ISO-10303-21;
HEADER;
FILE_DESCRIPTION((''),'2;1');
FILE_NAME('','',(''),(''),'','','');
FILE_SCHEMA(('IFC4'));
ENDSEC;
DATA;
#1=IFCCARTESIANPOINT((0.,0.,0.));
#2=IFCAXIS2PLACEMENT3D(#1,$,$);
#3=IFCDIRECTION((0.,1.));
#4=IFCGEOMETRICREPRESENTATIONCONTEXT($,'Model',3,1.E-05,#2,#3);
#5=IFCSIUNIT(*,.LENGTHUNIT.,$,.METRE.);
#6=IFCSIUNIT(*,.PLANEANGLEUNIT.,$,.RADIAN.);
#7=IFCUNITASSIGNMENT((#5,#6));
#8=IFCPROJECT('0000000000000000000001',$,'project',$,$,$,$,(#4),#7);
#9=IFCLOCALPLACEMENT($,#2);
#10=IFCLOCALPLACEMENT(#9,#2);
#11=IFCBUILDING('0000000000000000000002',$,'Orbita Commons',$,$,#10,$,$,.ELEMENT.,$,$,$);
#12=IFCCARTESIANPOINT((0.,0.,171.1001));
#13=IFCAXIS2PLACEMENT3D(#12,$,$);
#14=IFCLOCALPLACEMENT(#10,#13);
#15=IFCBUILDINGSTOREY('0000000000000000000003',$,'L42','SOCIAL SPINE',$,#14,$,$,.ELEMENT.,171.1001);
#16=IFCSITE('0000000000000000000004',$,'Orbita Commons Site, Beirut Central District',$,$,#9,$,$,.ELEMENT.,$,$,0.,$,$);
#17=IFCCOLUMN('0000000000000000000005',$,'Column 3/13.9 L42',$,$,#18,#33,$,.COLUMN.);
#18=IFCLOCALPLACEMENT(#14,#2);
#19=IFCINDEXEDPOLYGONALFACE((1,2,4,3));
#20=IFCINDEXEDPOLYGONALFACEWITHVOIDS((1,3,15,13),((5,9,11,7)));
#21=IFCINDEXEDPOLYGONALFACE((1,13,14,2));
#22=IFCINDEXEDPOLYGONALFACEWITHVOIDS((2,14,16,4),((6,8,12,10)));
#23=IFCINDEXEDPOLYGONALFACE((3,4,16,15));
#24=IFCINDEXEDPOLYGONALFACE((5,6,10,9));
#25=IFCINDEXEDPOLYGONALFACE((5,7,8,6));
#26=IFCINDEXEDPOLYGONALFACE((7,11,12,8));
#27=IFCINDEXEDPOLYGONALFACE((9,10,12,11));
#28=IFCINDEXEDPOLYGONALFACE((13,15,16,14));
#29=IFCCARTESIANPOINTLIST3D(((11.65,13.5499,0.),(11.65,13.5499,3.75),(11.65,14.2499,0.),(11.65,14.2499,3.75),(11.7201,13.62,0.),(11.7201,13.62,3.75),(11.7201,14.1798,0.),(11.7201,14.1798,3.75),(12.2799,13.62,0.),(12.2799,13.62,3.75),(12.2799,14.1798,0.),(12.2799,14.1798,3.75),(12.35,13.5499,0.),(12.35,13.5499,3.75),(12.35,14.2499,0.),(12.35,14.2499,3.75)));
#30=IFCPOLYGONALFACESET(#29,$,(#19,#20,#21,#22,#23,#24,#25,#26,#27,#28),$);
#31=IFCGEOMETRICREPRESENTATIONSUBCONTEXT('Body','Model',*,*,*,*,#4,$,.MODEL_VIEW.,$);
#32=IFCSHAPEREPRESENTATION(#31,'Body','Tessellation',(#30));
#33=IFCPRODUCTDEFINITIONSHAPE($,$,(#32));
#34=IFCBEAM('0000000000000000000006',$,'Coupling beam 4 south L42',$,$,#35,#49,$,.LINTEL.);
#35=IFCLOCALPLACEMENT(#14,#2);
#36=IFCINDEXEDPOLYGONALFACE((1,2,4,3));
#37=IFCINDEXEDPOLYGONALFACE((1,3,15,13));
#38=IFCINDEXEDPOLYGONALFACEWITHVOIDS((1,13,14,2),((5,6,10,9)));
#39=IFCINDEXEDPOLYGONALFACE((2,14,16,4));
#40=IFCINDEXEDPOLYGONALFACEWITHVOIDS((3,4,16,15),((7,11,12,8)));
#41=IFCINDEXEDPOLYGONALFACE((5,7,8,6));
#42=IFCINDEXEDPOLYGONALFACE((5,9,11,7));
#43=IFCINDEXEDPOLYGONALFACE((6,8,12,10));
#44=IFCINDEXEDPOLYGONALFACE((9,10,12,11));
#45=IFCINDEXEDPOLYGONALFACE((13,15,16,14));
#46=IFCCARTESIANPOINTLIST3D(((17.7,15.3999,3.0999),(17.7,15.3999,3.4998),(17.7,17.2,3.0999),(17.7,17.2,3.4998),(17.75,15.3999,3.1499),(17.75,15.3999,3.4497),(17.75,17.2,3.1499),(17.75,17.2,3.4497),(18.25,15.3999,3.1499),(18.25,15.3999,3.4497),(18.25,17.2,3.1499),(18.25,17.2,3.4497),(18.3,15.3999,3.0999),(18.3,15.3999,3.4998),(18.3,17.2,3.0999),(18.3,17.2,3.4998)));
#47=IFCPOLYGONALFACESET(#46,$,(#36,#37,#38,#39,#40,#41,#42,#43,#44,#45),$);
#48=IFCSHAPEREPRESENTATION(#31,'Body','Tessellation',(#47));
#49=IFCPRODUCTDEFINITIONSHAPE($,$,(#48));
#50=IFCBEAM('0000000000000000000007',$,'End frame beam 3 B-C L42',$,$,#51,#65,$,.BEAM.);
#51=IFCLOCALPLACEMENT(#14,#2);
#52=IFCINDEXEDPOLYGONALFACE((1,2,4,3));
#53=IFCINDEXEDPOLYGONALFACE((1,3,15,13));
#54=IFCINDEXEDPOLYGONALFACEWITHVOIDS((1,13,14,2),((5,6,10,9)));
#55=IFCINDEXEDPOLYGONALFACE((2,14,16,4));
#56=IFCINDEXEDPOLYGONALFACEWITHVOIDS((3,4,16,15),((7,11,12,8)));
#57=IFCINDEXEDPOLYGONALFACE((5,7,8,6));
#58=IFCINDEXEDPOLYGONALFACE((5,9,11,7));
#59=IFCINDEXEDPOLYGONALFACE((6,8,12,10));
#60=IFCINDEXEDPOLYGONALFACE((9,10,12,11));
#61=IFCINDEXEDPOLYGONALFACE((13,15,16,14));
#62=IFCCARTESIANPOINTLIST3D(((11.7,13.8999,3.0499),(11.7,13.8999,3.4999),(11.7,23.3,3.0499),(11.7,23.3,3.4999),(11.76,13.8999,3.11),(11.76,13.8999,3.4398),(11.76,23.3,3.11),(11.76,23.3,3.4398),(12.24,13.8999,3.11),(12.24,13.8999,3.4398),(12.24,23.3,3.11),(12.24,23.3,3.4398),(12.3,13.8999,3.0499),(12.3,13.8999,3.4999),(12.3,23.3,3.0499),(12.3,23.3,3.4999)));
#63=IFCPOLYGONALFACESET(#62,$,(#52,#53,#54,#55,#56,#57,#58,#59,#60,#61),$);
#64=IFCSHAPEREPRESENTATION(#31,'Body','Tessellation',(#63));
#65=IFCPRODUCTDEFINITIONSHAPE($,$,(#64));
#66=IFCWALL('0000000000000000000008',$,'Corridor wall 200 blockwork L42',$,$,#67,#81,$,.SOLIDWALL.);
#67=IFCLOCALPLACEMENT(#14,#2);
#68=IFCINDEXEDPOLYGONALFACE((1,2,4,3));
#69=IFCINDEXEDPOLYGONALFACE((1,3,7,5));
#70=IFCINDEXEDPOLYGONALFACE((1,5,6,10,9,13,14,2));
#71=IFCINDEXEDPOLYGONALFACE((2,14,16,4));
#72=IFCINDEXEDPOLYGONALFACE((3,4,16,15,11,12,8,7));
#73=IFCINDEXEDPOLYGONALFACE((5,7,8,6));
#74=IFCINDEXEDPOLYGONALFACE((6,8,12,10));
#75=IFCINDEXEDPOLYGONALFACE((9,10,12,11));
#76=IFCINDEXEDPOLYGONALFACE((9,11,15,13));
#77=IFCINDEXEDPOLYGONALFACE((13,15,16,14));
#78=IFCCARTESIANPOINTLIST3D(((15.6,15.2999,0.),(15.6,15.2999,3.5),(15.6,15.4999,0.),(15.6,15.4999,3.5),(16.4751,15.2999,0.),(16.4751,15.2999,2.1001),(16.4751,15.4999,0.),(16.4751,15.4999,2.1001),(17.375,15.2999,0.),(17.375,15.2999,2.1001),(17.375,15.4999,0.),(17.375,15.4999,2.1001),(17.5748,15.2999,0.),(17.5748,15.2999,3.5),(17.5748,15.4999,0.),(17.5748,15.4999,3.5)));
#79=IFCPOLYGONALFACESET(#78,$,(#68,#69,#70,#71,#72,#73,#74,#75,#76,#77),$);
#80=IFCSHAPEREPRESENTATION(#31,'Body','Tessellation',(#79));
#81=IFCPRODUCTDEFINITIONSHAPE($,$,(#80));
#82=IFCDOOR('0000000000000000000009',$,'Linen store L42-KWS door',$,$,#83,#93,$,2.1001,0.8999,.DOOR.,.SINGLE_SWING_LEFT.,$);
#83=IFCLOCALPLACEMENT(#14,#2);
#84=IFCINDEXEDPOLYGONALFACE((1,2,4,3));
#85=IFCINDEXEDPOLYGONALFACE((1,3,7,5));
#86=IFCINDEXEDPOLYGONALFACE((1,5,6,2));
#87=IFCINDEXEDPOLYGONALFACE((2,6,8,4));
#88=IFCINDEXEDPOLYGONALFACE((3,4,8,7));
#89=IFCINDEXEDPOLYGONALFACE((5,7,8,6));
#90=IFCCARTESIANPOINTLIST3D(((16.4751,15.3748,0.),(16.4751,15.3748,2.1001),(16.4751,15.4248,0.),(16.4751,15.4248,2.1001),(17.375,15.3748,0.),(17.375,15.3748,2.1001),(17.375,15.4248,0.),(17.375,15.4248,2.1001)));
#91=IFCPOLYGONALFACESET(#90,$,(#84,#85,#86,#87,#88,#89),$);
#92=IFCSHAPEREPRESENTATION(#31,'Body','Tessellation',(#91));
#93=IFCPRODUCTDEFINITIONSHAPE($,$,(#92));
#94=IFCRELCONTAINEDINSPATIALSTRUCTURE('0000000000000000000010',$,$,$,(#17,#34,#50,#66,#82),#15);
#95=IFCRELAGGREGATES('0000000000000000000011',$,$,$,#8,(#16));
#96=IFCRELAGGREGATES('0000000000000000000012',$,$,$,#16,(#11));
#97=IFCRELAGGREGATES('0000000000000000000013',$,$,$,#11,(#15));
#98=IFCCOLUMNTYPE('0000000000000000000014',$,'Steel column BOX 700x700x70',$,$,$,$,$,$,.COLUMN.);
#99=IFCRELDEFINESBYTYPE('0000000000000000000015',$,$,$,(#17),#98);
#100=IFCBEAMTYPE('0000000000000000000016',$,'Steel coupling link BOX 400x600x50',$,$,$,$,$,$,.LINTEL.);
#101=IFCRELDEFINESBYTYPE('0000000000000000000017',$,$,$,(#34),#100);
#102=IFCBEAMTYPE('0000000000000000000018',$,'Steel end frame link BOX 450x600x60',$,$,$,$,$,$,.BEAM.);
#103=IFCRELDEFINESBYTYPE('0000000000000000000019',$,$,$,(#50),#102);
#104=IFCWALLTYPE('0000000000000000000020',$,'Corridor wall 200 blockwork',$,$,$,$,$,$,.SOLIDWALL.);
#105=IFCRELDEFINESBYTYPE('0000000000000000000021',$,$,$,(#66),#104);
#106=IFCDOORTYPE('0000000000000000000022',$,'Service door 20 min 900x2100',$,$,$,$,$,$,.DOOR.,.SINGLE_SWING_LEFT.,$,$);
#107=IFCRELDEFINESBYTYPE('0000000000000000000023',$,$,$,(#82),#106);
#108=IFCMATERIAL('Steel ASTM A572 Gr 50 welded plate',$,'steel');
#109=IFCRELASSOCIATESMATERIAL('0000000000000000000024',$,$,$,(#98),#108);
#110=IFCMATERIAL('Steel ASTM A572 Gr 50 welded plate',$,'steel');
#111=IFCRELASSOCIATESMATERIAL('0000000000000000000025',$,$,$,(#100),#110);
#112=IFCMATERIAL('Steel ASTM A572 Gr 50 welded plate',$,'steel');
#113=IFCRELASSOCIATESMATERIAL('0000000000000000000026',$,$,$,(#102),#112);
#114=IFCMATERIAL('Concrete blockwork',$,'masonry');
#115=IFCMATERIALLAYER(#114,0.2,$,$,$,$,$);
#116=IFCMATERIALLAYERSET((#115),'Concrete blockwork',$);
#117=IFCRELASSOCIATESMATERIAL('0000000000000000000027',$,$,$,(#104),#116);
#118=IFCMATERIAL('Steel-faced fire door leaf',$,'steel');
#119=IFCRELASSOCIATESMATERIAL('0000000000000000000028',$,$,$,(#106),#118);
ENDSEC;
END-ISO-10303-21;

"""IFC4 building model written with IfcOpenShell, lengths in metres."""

from ifc_helpers import new_model, si_unit, direction, frame, frame_2d, origin, origin_2d, place, context, subcontext, project, spatial, rectangle, hollow_rectangle, extrude, material, layer, layer_set, material_profile, profile_set, type_object, element, fill, save


model = new_model("IFC4")

# Units and contexts
model_context = context("Model", 3, precision=1e-05, world=origin(), true_north=direction((0.0, 1.0)))
body_context = subcontext(model_context, "Body", "Model", "MODEL_VIEW")
ifc_project = project(units=[si_unit("LENGTHUNIT", "METRE"), si_unit("PLANEANGLEUNIT", "RADIAN")], contexts=[model_context])

# Site, building, storey
site_placement = place(None, origin())
site = spatial("IfcSite", under=ifc_project, at=site_placement, Name="Orbita Commons Site, Beirut Central District", CompositionType="ELEMENT", RefElevation=0.0)
building_placement = place(site_placement, origin())
building = spatial("IfcBuilding", under=site, at=building_placement, Name="Orbita Commons", CompositionType="ELEMENT")
storey_placement = place(building_placement, frame((0.0, 0.0, 171.1001)))
storey = spatial("IfcBuildingStorey", under=building, at=storey_placement, Name="L42", Description="SOCIAL SPINE", CompositionType="ELEMENT", Elevation=171.1001)

# Column
ifc_material_1 = material(Name="Steel ASTM A572 Gr 50 welded plate", Category="steel")
ifc_material_profile_1 = material_profile(ifc_material_1, hollow_rectangle(XDim=0.7, YDim=0.7, WallThickness=0.0701, at=origin_2d()), Name="BOX 700x700x70")
ifc_profile_set_1 = profile_set([ifc_material_profile_1], Name="Steel ASTM A572 Gr 50 welded plate")
column_type = type_object("IfcColumnType", Name="Steel column BOX 700x700x70", PredefinedType="COLUMN", material=ifc_profile_set_1)
column_placement = place(storey_placement, frame((12.0, 13.8999, 0.0), z_axis=(0.0, 0.0, 1.0), x_axis=(1.0, 0.0, 0.0)))
element("IfcColumn", 1, at=column_placement, inside=storey, type_object=column_type, Name="Column 3/13.9 L42", PredefinedType="COLUMN", context=body_context, shape_type="SweptSolid", body=[
    extrude(hollow_rectangle(XDim=0.7, YDim=0.7, WallThickness=0.0701, at=origin_2d()), origin(), (0.0, 0.0, 1.0), 3.75),
])

# Beams
ifc_material_2 = material(Name="Steel ASTM A572 Gr 50 welded plate", Category="steel")
ifc_material_profile_2 = material_profile(ifc_material_2, hollow_rectangle(XDim=0.6001, YDim=0.3999, WallThickness=0.05, at=origin_2d()), Name="BOX 400x600x50")
ifc_profile_set_2 = profile_set([ifc_material_profile_2], Name="Steel ASTM A572 Gr 50 welded plate")
beam_type_1 = type_object("IfcBeamType", Name="Steel coupling link BOX 400x600x50", PredefinedType="LINTEL", material=ifc_profile_set_2)
beam_1_placement = place(storey_placement, frame((18.0, 15.3999, 3.2998), z_axis=(0.0, 1.0, 0.0), x_axis=(-1.0, 0.0, 0.0)))
element("IfcBeam", 2, at=beam_1_placement, inside=storey, type_object=beam_type_1, Name="Coupling beam 4 south L42", PredefinedType="LINTEL", context=body_context, shape_type="SweptSolid", body=[
    extrude(hollow_rectangle(XDim=0.6001, YDim=0.3999, WallThickness=0.05, at=origin_2d()), origin(), (0.0, 0.0, 1.0), 1.8),
])
ifc_material_3 = material(Name="Steel ASTM A572 Gr 50 welded plate", Category="steel")
ifc_material_profile_3 = material_profile(ifc_material_3, hollow_rectangle(XDim=0.6001, YDim=0.45, WallThickness=0.0601, at=origin_2d()), Name="BOX 450x600x60")
ifc_profile_set_3 = profile_set([ifc_material_profile_3], Name="Steel ASTM A572 Gr 50 welded plate")
beam_type_2 = type_object("IfcBeamType", Name="Steel end frame link BOX 450x600x60", PredefinedType="BEAM", material=ifc_profile_set_3)
beam_2_placement = place(storey_placement, frame((12.0, 13.8999, 3.2749), z_axis=(0.0, 1.0, 0.0), x_axis=(-1.0, 0.0, 0.0)))
element("IfcBeam", 3, at=beam_2_placement, inside=storey, type_object=beam_type_2, Name="End frame beam 3 B-C L42", PredefinedType="BEAM", context=body_context, shape_type="SweptSolid", body=[
    extrude(hollow_rectangle(XDim=0.6001, YDim=0.45, WallThickness=0.0601, at=origin_2d()), origin(), (0.0, 0.0, 1.0), 9.4001),
])

# Wall, opening, door
ifc_material_4 = material(Name="Concrete blockwork", Category="masonry")
ifc_layer_1 = layer(ifc_material_4, 0.2)
ifc_layer_set_1 = layer_set([ifc_layer_1], Name="Concrete blockwork")
wall_type_1 = type_object("IfcWallType", Name="Corridor wall 200 blockwork", PredefinedType="SOLIDWALL", material=ifc_layer_set_1)
wall_1_placement = place(storey_placement, frame((15.6001, 15.3999, 0.0), z_axis=(0.0, 0.0, 1.0), x_axis=(1.0, 0.0, 0.0)))
wall_1 = element("IfcWall", 4, at=wall_1_placement, inside=storey, type_object=wall_type_1, Name="Corridor wall 200 blockwork L42", PredefinedType="SOLIDWALL", context=body_context, shape_type="SweptSolid", body=[
    extrude(rectangle(XDim=1.9749, YDim=0.2, at=frame_2d((0.9873, 0.0))), origin(), (0.0, 0.0, 1.0), 3.5),
])
opening_1_placement = place(wall_1_placement, frame((0.875, 0.0, 0.0)))
opening_1 = element("IfcOpeningElement", 5, at=opening_1_placement, cuts=wall_1, PredefinedType="OPENING", context=body_context, shape_type="SweptSolid", body=[
    extrude(rectangle(XDim=0.8999, YDim=2.1001, at=frame_2d((0.45, 1.05))), frame((0.0, 0.1099, 0.0), z_axis=(0.0, -1.0, 0.0), x_axis=(1.0, 0.0, 0.0)), (0.0, 0.0, 1.0), 0.22),
])
ifc_material_5 = material(Name="Steel-faced fire door leaf", Category="steel")
door_type_1 = type_object("IfcDoorType", Name="Service door 20 min 900x2100", OperationType="SINGLE_SWING_LEFT", PredefinedType="DOOR", material=ifc_material_5)
door_1_placement = place(opening_1_placement, origin())
door_1 = element("IfcDoor", 6, at=door_1_placement, inside=storey, type_object=door_type_1, Name="Linen store L42-KWS door", OperationType="SINGLE_SWING_LEFT", OverallHeight=2.1001, OverallWidth=0.8999, PredefinedType="DOOR", context=body_context, shape_type="SweptSolid", body=[
    extrude(rectangle(XDim=0.8999, YDim=2.1001, at=frame_2d((0.45, 1.05))), frame((0.0, 0.0249, 0.0), z_axis=(0.0, -1.0, 0.0), x_axis=(1.0, 0.0, 0.0)), (0.0, 0.0, 1.0), 0.05),
])
fill(opening_1, door_1)

save(model, "model.ifc")
